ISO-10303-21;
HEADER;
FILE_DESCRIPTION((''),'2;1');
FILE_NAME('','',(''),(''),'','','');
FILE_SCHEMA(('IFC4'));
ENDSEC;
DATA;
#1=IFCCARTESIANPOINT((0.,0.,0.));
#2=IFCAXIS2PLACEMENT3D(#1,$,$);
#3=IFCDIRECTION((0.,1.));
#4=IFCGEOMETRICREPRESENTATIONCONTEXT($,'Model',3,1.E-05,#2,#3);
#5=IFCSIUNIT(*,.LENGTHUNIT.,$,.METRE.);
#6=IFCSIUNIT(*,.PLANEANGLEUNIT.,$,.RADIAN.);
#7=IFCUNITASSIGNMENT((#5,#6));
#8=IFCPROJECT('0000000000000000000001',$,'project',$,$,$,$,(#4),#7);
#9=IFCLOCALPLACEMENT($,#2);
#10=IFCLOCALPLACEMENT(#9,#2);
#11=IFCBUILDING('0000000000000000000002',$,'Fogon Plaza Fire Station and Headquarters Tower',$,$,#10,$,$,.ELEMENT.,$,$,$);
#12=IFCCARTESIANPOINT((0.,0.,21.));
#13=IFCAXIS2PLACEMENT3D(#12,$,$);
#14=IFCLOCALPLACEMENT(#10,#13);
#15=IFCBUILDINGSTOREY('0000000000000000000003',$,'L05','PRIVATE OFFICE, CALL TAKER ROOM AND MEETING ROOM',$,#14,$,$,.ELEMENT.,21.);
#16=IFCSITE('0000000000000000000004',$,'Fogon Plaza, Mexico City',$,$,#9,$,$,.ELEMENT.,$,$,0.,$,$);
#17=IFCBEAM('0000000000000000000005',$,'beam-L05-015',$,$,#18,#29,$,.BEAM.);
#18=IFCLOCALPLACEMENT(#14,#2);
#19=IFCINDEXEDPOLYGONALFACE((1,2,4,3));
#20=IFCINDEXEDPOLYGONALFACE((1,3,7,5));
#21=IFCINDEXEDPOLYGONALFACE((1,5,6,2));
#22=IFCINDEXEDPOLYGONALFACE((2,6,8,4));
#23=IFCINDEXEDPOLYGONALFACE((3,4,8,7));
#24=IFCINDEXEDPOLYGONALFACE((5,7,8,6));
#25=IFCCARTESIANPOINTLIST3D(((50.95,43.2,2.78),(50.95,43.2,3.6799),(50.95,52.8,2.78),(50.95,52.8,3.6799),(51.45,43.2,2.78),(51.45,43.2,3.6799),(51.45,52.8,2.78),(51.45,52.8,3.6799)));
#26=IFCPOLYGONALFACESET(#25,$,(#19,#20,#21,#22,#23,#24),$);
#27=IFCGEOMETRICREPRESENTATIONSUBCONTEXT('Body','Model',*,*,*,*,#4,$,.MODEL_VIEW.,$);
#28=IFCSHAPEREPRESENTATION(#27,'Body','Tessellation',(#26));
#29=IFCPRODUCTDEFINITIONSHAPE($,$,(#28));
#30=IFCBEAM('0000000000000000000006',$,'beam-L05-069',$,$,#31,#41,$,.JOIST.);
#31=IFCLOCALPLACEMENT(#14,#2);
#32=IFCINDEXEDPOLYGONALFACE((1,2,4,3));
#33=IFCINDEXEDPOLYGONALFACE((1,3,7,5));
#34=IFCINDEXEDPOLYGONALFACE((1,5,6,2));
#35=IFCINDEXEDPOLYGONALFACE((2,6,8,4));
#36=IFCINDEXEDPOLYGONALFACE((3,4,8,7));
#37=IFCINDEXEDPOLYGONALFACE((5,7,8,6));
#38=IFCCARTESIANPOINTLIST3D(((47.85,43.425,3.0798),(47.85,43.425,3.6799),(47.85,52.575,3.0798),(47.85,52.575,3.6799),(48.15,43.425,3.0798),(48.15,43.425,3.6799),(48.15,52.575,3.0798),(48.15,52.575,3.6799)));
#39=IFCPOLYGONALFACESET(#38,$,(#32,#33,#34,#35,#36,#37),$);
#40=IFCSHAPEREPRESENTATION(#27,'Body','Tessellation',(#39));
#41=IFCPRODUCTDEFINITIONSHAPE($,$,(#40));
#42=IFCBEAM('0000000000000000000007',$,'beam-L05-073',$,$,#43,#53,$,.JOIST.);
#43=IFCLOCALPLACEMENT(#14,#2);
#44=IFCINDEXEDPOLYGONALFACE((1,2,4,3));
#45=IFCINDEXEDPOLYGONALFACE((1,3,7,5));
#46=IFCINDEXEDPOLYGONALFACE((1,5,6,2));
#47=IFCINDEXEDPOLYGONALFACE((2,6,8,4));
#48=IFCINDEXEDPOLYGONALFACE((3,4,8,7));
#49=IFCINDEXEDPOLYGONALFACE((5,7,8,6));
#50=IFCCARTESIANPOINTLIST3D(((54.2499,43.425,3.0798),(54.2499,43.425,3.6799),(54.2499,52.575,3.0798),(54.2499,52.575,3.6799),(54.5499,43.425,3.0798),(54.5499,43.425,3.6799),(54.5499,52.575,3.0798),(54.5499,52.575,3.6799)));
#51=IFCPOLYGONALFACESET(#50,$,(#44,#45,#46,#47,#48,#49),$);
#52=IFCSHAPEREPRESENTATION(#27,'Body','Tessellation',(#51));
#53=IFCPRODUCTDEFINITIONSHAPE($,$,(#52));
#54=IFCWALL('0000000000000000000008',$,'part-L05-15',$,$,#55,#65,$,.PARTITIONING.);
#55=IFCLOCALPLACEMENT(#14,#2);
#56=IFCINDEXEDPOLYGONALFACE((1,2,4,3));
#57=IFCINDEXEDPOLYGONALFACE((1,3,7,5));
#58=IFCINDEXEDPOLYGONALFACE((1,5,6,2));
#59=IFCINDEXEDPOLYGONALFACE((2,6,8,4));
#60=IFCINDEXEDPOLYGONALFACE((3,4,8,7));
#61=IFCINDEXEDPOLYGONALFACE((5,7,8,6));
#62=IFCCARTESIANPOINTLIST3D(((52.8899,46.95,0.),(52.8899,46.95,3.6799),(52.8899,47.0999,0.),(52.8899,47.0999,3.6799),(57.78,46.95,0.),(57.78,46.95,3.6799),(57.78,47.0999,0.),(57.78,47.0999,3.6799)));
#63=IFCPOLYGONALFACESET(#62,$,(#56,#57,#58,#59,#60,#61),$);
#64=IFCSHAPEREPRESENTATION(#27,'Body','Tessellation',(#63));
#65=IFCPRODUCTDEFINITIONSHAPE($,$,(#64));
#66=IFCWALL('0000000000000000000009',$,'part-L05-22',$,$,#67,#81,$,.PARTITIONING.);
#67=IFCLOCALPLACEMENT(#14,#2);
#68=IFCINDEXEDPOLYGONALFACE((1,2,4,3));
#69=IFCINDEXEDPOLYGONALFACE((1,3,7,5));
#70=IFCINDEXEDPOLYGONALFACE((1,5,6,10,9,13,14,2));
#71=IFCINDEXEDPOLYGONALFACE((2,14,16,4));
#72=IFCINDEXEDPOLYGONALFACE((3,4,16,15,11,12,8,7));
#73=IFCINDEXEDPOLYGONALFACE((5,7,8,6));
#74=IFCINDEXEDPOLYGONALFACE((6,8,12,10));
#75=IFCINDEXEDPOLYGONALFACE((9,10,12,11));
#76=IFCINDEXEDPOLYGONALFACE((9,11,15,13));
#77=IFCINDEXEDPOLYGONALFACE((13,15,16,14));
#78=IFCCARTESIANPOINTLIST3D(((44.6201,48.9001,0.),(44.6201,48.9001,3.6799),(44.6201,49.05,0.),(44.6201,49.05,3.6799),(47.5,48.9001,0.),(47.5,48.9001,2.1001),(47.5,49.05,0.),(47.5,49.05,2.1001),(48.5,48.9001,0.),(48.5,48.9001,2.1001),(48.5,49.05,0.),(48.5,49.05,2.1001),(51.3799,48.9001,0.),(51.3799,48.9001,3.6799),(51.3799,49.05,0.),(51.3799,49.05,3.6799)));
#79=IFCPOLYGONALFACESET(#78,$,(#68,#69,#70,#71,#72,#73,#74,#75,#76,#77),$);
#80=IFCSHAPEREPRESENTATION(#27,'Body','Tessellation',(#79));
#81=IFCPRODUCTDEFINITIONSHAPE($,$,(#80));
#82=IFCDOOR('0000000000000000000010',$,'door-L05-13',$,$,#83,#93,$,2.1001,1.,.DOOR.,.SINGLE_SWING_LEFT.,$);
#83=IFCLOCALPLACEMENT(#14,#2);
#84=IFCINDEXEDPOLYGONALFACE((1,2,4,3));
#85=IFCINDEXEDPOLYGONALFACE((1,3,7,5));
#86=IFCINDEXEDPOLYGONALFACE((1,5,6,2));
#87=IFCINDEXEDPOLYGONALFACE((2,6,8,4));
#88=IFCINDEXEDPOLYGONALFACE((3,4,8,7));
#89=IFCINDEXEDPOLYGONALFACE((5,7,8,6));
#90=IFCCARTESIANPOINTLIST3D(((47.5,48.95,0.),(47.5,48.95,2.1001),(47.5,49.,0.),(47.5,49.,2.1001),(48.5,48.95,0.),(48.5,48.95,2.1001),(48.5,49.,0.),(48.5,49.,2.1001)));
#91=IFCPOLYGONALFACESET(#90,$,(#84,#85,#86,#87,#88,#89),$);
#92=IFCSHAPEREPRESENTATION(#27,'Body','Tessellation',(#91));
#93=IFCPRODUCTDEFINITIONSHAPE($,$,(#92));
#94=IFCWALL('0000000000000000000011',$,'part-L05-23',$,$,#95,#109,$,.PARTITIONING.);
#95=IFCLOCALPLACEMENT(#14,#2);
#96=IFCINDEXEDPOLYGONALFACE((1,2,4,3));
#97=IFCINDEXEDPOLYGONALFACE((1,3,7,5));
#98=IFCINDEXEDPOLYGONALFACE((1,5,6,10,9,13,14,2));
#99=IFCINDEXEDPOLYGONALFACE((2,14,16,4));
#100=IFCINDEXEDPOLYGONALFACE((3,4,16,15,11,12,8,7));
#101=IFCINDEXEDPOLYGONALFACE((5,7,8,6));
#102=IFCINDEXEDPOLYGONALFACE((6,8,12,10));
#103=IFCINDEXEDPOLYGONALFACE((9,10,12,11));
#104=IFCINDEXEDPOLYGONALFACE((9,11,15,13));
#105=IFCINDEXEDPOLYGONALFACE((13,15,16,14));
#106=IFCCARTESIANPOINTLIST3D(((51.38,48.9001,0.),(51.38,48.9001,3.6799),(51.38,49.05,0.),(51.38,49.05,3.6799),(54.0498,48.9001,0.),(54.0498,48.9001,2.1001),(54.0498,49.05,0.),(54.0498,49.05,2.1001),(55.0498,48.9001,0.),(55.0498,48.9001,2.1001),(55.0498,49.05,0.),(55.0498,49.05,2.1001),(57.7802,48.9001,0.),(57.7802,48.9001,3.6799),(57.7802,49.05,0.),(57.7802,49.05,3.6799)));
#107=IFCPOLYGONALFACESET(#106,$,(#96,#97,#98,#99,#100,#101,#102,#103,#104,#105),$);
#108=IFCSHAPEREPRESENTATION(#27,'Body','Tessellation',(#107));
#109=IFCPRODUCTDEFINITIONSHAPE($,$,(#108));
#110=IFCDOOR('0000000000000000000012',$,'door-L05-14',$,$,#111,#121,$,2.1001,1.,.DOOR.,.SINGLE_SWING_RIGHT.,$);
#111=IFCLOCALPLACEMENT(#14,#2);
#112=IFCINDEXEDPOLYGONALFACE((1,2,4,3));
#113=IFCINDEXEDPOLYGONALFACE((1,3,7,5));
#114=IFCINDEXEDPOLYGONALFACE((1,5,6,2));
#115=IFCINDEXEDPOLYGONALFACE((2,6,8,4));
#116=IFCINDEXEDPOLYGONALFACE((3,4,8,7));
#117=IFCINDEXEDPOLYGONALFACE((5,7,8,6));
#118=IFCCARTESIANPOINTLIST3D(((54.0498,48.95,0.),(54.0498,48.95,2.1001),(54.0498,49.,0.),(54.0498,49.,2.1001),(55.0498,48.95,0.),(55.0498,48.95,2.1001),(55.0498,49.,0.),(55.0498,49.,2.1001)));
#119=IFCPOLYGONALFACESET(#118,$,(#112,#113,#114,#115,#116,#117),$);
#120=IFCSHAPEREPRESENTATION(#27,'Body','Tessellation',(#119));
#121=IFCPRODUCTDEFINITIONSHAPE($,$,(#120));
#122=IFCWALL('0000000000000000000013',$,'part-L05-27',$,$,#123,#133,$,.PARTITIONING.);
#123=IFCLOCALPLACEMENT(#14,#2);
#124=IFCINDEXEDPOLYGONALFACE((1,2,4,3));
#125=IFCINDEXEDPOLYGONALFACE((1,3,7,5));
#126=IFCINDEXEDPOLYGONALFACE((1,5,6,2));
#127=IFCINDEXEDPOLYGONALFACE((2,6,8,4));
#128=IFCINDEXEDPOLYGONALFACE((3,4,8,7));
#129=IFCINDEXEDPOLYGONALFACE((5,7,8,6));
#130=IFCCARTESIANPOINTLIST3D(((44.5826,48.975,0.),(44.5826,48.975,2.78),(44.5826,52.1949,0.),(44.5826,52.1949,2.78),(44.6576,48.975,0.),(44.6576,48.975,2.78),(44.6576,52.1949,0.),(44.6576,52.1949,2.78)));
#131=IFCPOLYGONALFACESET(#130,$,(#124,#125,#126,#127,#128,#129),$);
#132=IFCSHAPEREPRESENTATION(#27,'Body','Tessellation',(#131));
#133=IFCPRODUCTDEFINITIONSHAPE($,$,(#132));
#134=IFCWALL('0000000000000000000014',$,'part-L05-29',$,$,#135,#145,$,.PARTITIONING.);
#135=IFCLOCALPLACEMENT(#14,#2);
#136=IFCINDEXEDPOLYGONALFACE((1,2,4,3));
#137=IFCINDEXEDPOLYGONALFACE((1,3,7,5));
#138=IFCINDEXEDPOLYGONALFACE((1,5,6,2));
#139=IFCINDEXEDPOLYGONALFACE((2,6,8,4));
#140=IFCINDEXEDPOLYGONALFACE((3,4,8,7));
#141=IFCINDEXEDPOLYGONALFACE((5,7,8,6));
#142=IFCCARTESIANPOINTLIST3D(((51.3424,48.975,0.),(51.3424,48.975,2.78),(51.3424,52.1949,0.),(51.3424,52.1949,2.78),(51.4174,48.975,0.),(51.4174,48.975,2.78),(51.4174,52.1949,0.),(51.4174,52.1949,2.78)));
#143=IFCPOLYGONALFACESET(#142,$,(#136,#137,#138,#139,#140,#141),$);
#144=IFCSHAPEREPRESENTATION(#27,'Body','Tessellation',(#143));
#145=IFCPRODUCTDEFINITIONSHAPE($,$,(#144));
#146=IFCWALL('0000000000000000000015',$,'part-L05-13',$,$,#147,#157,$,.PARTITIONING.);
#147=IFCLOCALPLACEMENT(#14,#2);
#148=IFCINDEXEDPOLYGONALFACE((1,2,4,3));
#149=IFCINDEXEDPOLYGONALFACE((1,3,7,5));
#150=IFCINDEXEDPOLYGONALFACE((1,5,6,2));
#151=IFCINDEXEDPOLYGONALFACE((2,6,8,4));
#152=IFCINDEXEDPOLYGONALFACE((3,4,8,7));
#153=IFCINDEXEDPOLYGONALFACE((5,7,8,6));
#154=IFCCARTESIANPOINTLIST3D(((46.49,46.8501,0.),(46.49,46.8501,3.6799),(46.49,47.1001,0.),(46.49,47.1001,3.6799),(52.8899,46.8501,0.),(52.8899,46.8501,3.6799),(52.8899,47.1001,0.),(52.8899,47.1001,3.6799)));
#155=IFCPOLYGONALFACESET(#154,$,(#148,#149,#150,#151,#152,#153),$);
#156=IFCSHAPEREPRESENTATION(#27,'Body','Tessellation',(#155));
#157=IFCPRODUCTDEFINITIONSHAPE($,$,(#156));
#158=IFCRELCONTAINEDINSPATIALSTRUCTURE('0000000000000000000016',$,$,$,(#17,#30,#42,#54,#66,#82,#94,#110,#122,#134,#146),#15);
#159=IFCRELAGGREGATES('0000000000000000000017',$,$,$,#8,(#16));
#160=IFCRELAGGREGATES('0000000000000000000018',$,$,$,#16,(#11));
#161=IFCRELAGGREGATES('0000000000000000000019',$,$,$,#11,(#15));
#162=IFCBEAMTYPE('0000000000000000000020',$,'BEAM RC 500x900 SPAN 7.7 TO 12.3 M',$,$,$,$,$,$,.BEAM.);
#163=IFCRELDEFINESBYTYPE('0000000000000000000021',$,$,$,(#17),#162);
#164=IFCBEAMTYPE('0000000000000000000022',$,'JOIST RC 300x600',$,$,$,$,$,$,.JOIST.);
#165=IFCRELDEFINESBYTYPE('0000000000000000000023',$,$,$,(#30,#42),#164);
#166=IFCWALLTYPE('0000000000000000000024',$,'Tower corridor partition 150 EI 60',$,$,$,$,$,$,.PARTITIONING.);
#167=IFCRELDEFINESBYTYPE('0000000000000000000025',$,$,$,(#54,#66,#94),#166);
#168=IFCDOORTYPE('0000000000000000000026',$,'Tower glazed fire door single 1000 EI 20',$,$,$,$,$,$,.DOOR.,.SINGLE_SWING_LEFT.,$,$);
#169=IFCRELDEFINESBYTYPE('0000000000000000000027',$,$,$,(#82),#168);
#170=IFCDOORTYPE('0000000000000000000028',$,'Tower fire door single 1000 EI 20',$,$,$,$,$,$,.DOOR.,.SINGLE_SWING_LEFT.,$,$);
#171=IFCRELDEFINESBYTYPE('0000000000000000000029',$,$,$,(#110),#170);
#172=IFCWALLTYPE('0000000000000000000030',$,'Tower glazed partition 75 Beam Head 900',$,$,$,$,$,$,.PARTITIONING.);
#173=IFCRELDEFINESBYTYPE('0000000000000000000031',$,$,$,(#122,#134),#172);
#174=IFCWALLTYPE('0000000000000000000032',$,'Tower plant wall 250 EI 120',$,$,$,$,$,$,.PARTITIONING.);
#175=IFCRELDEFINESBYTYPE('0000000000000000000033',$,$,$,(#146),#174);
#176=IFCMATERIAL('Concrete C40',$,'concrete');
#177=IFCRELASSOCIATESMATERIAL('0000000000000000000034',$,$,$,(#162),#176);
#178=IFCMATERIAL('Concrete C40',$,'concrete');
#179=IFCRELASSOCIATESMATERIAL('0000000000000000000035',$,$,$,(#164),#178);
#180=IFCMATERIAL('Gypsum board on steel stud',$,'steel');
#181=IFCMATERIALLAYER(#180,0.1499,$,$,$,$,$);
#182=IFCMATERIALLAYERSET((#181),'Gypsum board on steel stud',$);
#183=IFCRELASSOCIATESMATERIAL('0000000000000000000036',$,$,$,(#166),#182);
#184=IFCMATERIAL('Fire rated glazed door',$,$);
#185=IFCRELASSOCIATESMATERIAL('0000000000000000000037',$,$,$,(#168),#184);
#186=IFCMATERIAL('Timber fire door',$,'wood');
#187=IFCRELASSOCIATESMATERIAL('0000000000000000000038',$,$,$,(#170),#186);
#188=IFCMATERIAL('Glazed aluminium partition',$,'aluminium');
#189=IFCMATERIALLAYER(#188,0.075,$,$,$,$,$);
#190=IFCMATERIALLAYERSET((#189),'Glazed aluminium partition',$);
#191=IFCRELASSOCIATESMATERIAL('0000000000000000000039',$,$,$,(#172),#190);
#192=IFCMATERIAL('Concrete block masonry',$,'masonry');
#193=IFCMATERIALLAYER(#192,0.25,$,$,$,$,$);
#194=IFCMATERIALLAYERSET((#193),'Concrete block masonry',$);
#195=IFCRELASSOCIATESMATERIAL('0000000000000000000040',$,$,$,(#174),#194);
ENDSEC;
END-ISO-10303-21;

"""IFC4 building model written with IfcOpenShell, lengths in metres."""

from ifc_helpers import new_model, si_unit, direction, frame, frame_2d, origin, origin_2d, place, context, subcontext, project, spatial, rectangle, extrude, material, layer, layer_set, material_profile, profile_set, type_object, element, fill, save


model = new_model("IFC4")

# Units and contexts
model_context = context("Model", 3, precision=1e-05, world=origin(), true_north=direction((0.0, 1.0)))
body_context = subcontext(model_context, "Body", "Model", "MODEL_VIEW")
ifc_project = project(units=[si_unit("LENGTHUNIT", "METRE"), si_unit("PLANEANGLEUNIT", "RADIAN")], contexts=[model_context])

# Site, building, storey
site_placement = place(None, origin())
site = spatial("IfcSite", under=ifc_project, at=site_placement, Name="Fogon Plaza, Mexico City", CompositionType="ELEMENT", RefElevation=0.0)
building_placement = place(site_placement, origin())
building = spatial("IfcBuilding", under=site, at=building_placement, Name="Fogon Plaza Fire Station and Headquarters Tower", CompositionType="ELEMENT")
storey_placement = place(building_placement, frame((0.0, 0.0, 21.0)))
storey = spatial("IfcBuildingStorey", under=building, at=storey_placement, Name="L05", Description="PRIVATE OFFICE, CALL TAKER ROOM AND MEETING ROOM", CompositionType="ELEMENT", Elevation=21.0)

# Beams
ifc_material_1 = material(Name="Concrete C40", Category="concrete")
ifc_material_profile_1 = material_profile(ifc_material_1, rectangle(XDim=0.5, YDim=0.8999, at=origin_2d()), Name="RC 500x900")
ifc_profile_set_1 = profile_set([ifc_material_profile_1], Name="Concrete C40")
beam_type_1 = type_object("IfcBeamType", Name="BEAM RC 500x900 SPAN 7.7 TO 12.3 M", PredefinedType="BEAM", material=ifc_profile_set_1)
for number, where, z_axis, x_axis, name in (
    (1, (51.2, 43.2, 3.23), (0.0, 1.0, 0.0), (-1.0, 0.0, 0.0), "beam-L05-015"),
):
    element("IfcBeam", number, at=place(storey_placement, frame(where, z_axis=z_axis, x_axis=x_axis)), inside=storey, type_object=beam_type_1, Name=name, PredefinedType="BEAM", context=body_context, shape_type="SweptSolid", body=[
        extrude(rectangle(XDim=0.5, YDim=0.8999, at=origin_2d()), origin(), (0.0, 0.0, 1.0), 9.6001),
    ])
ifc_material_2 = material(Name="Concrete C40", Category="concrete")
ifc_material_profile_2 = material_profile(ifc_material_2, rectangle(XDim=0.3, YDim=0.6001, at=origin_2d()), Name="RC 300x600")
ifc_profile_set_2 = profile_set([ifc_material_profile_2], Name="Concrete C40")
beam_type_2 = type_object("IfcBeamType", Name="JOIST RC 300x600", PredefinedType="JOIST", material=ifc_profile_set_2)
for number, where, z_axis, x_axis, name in (
    (2, (48.0, 43.425, 3.3799), (0.0, 1.0, 0.0), (-1.0, 0.0, 0.0), "beam-L05-069"),
    (3, (54.3999, 43.425, 3.3799), (0.0, 1.0, 0.0), (-1.0, 0.0, 0.0), "beam-L05-073"),
):
    element("IfcBeam", number, at=place(storey_placement, frame(where, z_axis=z_axis, x_axis=x_axis)), inside=storey, type_object=beam_type_2, Name=name, PredefinedType="JOIST", context=body_context, shape_type="SweptSolid", body=[
        extrude(rectangle(XDim=0.3, YDim=0.6001, at=origin_2d()), origin(), (0.0, 0.0, 1.0), 9.1499),
    ])

# Wall
ifc_material_3 = material(Name="Gypsum board on steel stud", Category="steel")
ifc_layer_1 = layer(ifc_material_3, 0.1499)
ifc_layer_set_1 = layer_set([ifc_layer_1], Name="Gypsum board on steel stud")
wall_type_1 = type_object("IfcWallType", Name="Tower corridor partition 150 EI 60", PredefinedType="PARTITIONING", material=ifc_layer_set_1)
wall_1_placement = place(storey_placement, frame((52.8899, 47.0249, 0.0), z_axis=(0.0, 0.0, 1.0), x_axis=(1.0, 0.0, 0.0)))
element("IfcWall", 4, at=wall_1_placement, inside=storey, type_object=wall_type_1, Name="part-L05-15", PredefinedType="PARTITIONING", context=body_context, shape_type="SweptSolid", body=[
    extrude(rectangle(XDim=4.8901, YDim=0.1499, at=frame_2d((2.4451, 0.0))), origin(), (0.0, 0.0, 1.0), 3.6799),
])

# Walls, openings, doors
wall_2_placement = place(storey_placement, frame((44.6201, 48.9751, 0.0), z_axis=(0.0, 0.0, 1.0), x_axis=(1.0, 0.0, 0.0)))
wall_2 = element("IfcWall", 5, at=wall_2_placement, inside=storey, type_object=wall_type_1, Name="part-L05-22", PredefinedType="PARTITIONING", context=body_context, shape_type="SweptSolid", body=[
    extrude(rectangle(XDim=6.7598, YDim=0.1499, at=frame_2d((3.3799, 0.0))), origin(), (0.0, 0.0, 1.0), 3.6799),
])
opening_1_placement = place(wall_2_placement, frame((2.8799, 0.0, 0.0)))
opening_1 = element("IfcOpeningElement", 6, at=opening_1_placement, cuts=wall_2, PredefinedType="OPENING", context=body_context, shape_type="SweptSolid", body=[
    extrude(rectangle(XDim=1.0, YDim=2.1001, at=frame_2d((0.5, 1.05))), frame((0.0, 0.085, 0.0), z_axis=(0.0, -1.0, 0.0), x_axis=(1.0, 0.0, 0.0)), (0.0, 0.0, 1.0), 0.1699),
])
ifc_material_4 = material(Name="Fire rated glazed door")
door_type_1 = type_object("IfcDoorType", Name="Tower glazed fire door single 1000 EI 20", OperationType="SINGLE_SWING_LEFT", PredefinedType="DOOR", material=ifc_material_4)
door_1_placement = place(opening_1_placement, origin())
door_1 = element("IfcDoor", 7, at=door_1_placement, inside=storey, type_object=door_type_1, Name="door-L05-13", OperationType="SINGLE_SWING_LEFT", OverallHeight=2.1001, OverallWidth=1.0, PredefinedType="DOOR", context=body_context, shape_type="SweptSolid", body=[
    extrude(rectangle(XDim=1.0, YDim=2.1001, at=frame_2d((0.5, 1.05))), frame((0.0, 0.0249, 0.0), z_axis=(0.0, -1.0, 0.0), x_axis=(1.0, 0.0, 0.0)), (0.0, 0.0, 1.0), 0.05),
])
fill(opening_1, door_1)
wall_3_placement = place(storey_placement, frame((51.3799, 48.9751, 0.0), z_axis=(0.0, 0.0, 1.0), x_axis=(1.0, 0.0, 0.0)))
wall_3 = element("IfcWall", 8, at=wall_3_placement, inside=storey, type_object=wall_type_1, Name="part-L05-23", PredefinedType="PARTITIONING", context=body_context, shape_type="SweptSolid", body=[
    extrude(rectangle(XDim=6.4001, YDim=0.1499, at=frame_2d((3.2002, 0.0))), origin(), (0.0, 0.0, 1.0), 3.6799),
])
opening_2_placement = place(wall_3_placement, frame((2.6699, 0.0, 0.0)))
opening_2 = element("IfcOpeningElement", 9, at=opening_2_placement, cuts=wall_3, PredefinedType="OPENING", context=body_context, shape_type="SweptSolid", body=[
    extrude(rectangle(XDim=1.0, YDim=2.1001, at=frame_2d((0.5, 1.05))), frame((0.0, 0.085, 0.0), z_axis=(0.0, -1.0, 0.0), x_axis=(1.0, 0.0, 0.0)), (0.0, 0.0, 1.0), 0.1699),
])
ifc_material_5 = material(Name="Timber fire door", Category="wood")
door_type_2 = type_object("IfcDoorType", Name="Tower fire door single 1000 EI 20", OperationType="SINGLE_SWING_LEFT", PredefinedType="DOOR", material=ifc_material_5)
door_2_placement = place(opening_2_placement, origin())
door_2 = element("IfcDoor", 10, at=door_2_placement, inside=storey, type_object=door_type_2, Name="door-L05-14", OperationType="SINGLE_SWING_RIGHT", OverallHeight=2.1001, OverallWidth=1.0, PredefinedType="DOOR", context=body_context, shape_type="SweptSolid", body=[
    extrude(rectangle(XDim=1.0, YDim=2.1001, at=frame_2d((0.5, 1.05))), frame((0.0, 0.0249, 0.0), z_axis=(0.0, -1.0, 0.0), x_axis=(1.0, 0.0, 0.0)), (0.0, 0.0, 1.0), 0.05),
])
fill(opening_2, door_2)

# Walls
ifc_material_6 = material(Name="Glazed aluminium partition", Category="aluminium")
ifc_layer_2 = layer(ifc_material_6, 0.075)
ifc_layer_set_2 = layer_set([ifc_layer_2], Name="Glazed aluminium partition")
wall_type_2 = type_object("IfcWallType", Name="Tower glazed partition 75 Beam Head 900", PredefinedType="PARTITIONING", material=ifc_layer_set_2)
for number, where, z_axis, x_axis, name in (
    (11, (44.6201, 48.9751, 0.0), (0.0, 0.0, 1.0), (0.0, 1.0, 0.0), "part-L05-27"),
    (12, (51.3799, 48.9751, 0.0), (0.0, 0.0, 1.0), (0.0, 1.0, 0.0), "part-L05-29"),
):
    element("IfcWall", number, at=place(storey_placement, frame(where, z_axis=z_axis, x_axis=x_axis)), inside=storey, type_object=wall_type_2, Name=name, PredefinedType="PARTITIONING", context=body_context, shape_type="SweptSolid", body=[
        extrude(rectangle(XDim=3.22, YDim=0.075, at=frame_2d((1.6099, 0.0))), origin(), (0.0, 0.0, 1.0), 2.78),
    ])
ifc_material_7 = material(Name="Concrete block masonry", Category="masonry")
ifc_layer_3 = layer(ifc_material_7, 0.25)
ifc_layer_set_3 = layer_set([ifc_layer_3], Name="Concrete block masonry")
wall_type_3 = type_object("IfcWallType", Name="Tower plant wall 250 EI 120", PredefinedType="PARTITIONING", material=ifc_layer_set_3)
wall_4_placement = place(storey_placement, frame((46.49, 46.9751, 0.0), z_axis=(0.0, 0.0, 1.0), x_axis=(1.0, 0.0, 0.0)))
element("IfcWall", 13, at=wall_4_placement, inside=storey, type_object=wall_type_3, Name="part-L05-13", PredefinedType="PARTITIONING", context=body_context, shape_type="SweptSolid", body=[
    extrude(rectangle(XDim=6.3999, YDim=0.25, at=frame_2d((3.2, 0.0))), origin(), (0.0, 0.0, 1.0), 3.6799),
])

save(model, "model.ifc")
